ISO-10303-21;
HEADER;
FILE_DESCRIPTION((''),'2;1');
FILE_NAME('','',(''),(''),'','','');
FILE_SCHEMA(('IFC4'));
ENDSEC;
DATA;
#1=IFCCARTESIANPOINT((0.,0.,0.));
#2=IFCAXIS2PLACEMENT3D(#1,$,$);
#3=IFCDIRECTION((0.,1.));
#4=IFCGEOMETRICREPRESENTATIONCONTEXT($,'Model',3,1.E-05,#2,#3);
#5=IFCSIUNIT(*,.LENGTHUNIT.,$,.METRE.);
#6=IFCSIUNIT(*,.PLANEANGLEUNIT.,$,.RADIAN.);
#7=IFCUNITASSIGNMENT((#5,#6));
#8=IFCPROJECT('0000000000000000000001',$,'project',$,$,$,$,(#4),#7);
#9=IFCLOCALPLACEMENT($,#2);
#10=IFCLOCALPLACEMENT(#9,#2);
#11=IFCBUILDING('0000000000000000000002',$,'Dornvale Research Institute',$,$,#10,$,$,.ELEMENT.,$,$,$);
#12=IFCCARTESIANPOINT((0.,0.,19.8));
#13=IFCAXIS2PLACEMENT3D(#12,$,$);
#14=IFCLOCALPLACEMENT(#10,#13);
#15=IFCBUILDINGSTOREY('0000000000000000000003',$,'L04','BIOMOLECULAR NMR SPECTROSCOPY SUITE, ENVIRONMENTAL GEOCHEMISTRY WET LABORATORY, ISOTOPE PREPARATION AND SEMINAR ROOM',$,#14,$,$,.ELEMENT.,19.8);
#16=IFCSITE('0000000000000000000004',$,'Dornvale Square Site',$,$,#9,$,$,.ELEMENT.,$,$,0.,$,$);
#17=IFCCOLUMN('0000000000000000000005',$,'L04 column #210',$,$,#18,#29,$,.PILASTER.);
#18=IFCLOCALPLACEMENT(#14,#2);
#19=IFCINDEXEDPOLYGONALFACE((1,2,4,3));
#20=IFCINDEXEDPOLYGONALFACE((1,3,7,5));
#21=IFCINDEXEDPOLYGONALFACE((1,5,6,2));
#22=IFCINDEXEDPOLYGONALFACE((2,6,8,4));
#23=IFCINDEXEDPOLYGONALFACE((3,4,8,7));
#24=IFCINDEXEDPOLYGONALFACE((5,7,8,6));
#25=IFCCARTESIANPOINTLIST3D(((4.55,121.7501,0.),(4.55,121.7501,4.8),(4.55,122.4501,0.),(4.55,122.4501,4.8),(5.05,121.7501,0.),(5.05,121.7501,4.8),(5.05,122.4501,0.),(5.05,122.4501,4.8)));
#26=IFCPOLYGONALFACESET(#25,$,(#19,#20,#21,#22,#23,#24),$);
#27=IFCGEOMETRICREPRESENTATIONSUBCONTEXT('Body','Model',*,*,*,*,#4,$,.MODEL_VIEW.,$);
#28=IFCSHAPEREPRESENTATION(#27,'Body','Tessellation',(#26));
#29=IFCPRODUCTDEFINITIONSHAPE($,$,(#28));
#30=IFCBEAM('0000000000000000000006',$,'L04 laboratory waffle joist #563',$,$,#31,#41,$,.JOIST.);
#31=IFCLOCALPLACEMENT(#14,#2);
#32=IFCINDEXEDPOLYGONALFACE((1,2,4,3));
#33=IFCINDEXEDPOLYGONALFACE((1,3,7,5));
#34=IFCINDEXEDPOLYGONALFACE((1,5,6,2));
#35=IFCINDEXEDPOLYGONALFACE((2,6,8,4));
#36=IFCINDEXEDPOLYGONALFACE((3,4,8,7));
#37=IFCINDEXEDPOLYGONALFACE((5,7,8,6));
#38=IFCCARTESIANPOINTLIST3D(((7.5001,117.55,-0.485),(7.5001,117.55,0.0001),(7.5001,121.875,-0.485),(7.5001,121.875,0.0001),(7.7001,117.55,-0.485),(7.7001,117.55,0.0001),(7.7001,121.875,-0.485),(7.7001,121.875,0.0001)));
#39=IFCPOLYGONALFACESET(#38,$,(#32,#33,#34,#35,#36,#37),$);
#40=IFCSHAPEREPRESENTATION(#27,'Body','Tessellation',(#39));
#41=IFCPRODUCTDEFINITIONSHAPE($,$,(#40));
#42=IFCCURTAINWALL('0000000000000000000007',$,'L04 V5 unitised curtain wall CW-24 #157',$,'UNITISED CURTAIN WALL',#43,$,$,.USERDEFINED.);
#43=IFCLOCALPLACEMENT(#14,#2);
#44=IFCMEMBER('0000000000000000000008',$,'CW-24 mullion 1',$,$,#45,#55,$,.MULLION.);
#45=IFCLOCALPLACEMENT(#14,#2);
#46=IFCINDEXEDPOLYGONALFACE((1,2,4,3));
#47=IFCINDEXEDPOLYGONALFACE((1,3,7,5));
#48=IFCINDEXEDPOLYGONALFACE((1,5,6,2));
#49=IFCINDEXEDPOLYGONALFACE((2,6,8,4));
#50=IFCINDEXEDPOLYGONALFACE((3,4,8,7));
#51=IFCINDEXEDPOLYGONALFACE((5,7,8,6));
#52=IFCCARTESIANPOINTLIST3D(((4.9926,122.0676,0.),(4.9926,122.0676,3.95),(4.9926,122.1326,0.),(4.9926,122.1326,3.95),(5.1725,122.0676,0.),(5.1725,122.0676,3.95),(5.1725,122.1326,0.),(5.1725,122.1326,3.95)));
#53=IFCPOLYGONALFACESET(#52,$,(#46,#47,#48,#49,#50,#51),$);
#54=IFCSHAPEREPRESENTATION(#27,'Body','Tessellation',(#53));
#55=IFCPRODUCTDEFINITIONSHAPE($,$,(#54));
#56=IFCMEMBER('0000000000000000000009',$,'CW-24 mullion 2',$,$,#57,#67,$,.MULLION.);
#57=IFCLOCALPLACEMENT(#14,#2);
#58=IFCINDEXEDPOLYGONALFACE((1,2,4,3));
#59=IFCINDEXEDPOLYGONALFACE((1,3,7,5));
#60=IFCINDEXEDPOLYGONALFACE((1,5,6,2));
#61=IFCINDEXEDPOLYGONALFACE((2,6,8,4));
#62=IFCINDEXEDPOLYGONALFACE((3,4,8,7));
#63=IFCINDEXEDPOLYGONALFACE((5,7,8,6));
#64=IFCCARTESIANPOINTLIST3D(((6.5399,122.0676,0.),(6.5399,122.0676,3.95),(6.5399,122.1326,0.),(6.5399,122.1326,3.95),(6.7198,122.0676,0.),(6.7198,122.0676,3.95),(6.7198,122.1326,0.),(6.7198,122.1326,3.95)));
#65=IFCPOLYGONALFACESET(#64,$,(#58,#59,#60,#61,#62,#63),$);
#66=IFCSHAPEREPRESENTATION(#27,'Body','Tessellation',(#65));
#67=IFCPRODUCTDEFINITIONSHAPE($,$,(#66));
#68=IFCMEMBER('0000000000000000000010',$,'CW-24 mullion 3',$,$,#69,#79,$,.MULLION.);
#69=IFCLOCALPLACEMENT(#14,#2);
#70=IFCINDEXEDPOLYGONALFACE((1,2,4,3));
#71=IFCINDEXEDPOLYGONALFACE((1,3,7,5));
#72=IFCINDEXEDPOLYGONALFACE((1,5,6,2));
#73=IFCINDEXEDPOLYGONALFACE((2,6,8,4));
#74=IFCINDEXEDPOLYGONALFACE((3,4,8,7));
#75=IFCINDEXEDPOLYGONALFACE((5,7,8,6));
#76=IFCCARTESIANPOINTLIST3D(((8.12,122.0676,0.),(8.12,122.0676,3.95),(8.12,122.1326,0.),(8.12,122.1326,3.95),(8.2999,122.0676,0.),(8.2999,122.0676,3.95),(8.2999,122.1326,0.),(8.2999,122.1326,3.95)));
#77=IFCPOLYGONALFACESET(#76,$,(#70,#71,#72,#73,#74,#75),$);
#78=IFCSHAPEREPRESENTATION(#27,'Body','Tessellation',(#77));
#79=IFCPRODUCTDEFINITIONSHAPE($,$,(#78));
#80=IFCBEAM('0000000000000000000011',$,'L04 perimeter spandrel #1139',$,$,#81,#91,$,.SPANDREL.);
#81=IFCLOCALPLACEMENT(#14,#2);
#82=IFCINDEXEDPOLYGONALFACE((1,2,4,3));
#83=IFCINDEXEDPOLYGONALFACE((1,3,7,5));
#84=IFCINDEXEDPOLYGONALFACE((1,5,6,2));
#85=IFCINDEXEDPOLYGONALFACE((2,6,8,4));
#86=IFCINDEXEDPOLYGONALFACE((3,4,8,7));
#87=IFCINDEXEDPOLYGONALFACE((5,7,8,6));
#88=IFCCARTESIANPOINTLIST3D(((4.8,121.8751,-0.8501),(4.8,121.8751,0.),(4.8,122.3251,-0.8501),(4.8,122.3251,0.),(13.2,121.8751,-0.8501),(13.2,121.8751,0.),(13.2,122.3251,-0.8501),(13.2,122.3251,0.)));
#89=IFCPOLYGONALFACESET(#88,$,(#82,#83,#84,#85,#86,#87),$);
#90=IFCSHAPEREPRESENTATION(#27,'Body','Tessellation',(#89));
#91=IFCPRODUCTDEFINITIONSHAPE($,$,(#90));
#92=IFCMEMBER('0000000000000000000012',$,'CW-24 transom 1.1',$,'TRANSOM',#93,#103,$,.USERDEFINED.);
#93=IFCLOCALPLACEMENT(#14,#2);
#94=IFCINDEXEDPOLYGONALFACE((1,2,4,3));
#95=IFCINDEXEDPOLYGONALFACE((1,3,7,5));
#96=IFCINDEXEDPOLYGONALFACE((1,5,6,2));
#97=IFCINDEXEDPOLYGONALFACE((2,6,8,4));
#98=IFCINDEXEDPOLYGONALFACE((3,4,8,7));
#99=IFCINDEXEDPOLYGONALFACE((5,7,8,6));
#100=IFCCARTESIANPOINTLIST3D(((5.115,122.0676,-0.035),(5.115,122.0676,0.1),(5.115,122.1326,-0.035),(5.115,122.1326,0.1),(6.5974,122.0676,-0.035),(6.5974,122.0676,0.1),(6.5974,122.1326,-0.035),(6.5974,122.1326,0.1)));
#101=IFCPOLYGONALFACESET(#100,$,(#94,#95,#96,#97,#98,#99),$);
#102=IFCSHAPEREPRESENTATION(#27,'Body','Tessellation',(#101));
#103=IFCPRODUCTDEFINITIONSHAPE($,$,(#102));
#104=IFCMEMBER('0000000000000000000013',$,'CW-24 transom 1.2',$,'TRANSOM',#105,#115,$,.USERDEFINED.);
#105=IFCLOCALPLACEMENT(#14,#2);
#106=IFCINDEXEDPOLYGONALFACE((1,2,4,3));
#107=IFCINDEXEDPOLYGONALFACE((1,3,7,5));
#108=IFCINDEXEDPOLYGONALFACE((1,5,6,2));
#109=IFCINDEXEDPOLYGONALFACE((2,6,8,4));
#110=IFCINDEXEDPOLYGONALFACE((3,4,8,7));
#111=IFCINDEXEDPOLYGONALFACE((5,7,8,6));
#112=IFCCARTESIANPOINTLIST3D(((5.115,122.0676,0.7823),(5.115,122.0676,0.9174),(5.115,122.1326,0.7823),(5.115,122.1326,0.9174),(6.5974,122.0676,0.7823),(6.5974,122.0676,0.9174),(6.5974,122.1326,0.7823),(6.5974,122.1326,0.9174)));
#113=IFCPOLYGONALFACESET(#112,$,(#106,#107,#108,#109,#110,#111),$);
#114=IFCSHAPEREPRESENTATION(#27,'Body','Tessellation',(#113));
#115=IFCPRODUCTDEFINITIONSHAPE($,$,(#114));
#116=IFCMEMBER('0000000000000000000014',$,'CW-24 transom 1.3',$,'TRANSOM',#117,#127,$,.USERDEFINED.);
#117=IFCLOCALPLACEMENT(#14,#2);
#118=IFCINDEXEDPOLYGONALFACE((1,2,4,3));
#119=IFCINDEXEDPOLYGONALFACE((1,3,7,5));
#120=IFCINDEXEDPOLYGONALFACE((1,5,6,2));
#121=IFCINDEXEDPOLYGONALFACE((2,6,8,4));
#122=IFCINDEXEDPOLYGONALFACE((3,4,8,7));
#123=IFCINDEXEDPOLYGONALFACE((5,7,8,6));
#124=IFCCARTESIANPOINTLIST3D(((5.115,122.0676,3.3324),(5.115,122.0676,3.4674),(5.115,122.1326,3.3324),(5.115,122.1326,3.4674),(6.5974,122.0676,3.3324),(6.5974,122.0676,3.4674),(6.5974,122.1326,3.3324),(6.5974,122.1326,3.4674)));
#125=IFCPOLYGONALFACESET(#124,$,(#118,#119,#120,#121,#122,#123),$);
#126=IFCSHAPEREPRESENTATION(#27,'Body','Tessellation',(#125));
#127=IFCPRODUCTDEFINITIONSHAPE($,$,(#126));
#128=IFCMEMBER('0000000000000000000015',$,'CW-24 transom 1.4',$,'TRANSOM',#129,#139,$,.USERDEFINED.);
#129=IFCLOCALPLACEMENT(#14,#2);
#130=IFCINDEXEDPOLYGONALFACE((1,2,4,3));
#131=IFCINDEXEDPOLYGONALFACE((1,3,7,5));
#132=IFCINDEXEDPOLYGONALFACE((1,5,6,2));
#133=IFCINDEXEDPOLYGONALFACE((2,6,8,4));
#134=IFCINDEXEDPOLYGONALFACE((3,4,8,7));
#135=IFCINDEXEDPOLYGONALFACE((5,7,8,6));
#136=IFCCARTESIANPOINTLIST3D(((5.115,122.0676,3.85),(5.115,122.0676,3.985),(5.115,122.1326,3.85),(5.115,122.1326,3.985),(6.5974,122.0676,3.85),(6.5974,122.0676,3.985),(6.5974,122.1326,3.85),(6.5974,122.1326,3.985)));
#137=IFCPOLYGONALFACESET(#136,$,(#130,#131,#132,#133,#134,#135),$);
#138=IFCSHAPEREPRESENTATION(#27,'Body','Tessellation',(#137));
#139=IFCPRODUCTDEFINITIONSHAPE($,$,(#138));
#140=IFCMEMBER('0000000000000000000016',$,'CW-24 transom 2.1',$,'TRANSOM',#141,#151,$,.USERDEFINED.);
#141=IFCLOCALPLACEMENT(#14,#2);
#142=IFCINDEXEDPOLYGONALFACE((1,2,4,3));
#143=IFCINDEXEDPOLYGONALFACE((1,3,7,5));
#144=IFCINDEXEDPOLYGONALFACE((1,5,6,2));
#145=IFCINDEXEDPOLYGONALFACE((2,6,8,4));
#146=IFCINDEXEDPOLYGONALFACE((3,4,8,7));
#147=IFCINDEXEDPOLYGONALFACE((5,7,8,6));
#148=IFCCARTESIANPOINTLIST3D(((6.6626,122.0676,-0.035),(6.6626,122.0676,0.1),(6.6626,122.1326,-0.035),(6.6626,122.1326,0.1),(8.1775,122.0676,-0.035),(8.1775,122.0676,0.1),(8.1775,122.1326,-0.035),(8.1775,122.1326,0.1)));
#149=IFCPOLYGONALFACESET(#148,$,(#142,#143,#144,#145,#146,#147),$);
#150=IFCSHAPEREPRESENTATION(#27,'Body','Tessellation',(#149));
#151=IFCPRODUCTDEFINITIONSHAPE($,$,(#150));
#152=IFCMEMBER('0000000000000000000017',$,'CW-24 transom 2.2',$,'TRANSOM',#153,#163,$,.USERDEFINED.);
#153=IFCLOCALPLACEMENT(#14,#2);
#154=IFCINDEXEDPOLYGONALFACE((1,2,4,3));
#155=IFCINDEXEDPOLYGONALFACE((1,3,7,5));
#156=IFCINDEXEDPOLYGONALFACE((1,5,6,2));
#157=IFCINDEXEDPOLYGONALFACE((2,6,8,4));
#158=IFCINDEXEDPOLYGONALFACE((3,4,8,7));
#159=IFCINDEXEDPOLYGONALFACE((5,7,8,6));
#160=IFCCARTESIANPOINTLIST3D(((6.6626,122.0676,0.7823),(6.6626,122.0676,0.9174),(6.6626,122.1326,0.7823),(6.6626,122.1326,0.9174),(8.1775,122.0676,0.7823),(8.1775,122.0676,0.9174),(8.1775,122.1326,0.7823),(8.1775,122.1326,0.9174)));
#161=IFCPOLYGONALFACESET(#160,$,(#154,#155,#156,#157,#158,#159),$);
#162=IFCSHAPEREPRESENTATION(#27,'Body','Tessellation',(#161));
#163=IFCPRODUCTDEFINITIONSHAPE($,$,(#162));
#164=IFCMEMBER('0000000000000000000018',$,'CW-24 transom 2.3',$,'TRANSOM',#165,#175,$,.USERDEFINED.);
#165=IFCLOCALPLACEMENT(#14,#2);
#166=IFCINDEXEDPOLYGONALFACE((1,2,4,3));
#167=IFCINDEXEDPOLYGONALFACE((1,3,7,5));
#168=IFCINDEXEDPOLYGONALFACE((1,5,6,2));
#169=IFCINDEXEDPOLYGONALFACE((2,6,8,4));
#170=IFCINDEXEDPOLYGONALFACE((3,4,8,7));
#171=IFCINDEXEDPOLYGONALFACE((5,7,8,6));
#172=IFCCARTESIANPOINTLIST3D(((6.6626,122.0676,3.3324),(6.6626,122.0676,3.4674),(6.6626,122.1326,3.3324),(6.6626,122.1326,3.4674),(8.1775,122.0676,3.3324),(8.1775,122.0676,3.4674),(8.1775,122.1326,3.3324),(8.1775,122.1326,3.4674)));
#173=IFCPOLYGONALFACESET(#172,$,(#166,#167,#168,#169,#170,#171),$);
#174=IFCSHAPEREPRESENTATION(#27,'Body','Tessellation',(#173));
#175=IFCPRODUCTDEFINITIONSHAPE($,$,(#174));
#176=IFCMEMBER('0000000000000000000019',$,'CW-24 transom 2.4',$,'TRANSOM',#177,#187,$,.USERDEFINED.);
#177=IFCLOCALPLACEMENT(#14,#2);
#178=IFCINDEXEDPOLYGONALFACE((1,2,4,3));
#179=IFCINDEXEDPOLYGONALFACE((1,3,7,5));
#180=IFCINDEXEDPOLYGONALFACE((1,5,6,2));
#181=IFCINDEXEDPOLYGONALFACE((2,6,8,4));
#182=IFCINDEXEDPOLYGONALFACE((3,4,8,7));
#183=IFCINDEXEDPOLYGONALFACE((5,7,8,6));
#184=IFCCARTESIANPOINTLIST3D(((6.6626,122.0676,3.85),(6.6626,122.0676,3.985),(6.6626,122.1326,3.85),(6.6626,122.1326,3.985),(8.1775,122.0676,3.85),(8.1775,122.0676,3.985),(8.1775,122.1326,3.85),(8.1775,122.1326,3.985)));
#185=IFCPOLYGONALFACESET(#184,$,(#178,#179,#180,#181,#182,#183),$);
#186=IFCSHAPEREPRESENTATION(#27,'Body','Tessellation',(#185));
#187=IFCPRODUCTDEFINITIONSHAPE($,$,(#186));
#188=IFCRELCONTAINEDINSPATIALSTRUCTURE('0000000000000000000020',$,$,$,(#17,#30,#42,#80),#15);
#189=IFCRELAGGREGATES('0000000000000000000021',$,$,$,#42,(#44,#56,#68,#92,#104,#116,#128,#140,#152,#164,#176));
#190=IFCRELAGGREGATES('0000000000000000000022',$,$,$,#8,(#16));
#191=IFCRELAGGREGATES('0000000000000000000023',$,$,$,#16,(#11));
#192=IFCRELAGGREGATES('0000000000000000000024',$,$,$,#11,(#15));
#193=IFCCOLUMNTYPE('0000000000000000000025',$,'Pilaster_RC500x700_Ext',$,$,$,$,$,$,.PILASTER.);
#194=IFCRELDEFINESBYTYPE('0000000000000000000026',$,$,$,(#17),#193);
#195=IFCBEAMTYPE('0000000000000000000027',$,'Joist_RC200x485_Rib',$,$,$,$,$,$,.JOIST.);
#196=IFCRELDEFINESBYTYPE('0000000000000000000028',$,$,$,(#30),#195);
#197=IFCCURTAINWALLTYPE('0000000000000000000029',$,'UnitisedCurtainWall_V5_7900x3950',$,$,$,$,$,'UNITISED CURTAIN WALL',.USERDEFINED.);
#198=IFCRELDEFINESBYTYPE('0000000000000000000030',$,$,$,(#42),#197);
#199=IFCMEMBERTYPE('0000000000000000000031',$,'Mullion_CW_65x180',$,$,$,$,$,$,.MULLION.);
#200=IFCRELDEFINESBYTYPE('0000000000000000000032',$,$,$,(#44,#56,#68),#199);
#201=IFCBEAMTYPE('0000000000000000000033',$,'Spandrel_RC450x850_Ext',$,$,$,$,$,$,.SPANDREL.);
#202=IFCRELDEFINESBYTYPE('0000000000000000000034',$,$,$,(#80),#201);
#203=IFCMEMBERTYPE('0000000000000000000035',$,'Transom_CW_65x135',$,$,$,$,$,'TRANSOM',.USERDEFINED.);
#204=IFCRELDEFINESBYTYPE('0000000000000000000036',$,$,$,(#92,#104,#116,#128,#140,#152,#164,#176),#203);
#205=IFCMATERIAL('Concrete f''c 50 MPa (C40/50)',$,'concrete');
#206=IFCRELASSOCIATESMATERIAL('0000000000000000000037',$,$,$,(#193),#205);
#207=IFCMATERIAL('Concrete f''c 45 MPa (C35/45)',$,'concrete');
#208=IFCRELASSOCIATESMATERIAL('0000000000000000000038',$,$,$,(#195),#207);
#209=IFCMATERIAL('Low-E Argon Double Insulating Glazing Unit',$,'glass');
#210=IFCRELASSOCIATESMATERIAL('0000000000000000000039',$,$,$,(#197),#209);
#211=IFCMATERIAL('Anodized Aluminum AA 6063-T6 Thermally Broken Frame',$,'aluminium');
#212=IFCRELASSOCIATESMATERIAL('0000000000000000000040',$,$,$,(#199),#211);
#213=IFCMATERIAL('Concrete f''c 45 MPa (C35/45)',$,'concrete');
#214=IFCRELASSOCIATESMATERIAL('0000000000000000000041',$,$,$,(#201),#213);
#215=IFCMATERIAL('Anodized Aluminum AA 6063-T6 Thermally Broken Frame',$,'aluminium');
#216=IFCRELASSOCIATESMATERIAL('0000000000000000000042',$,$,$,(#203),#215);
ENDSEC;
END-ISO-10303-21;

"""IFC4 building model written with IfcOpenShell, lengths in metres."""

from ifc_helpers import new_model, si_unit, direction, frame, origin, origin_2d, place, context, subcontext, project, spatial, rectangle, extrude, material, material_profile, profile_set, type_object, element, aggregate, save


model = new_model("IFC4")

# Units and contexts
model_context = context("Model", 3, precision=1e-05, world=origin(), true_north=direction((0.0, 1.0)))
body_context = subcontext(model_context, "Body", "Model", "MODEL_VIEW")
ifc_project = project(units=[si_unit("LENGTHUNIT", "METRE"), si_unit("PLANEANGLEUNIT", "RADIAN")], contexts=[model_context])

# Site, building, storey
site_placement = place(None, origin())
site = spatial("IfcSite", under=ifc_project, at=site_placement, Name="Dornvale Square Site", CompositionType="ELEMENT", RefElevation=0.0)
building_placement = place(site_placement, origin())
building = spatial("IfcBuilding", under=site, at=building_placement, Name="Dornvale Research Institute", CompositionType="ELEMENT")
storey_placement = place(building_placement, frame((0.0, 0.0, 19.8)))
storey = spatial("IfcBuildingStorey", under=building, at=storey_placement, Name="L04", Description="BIOMOLECULAR NMR SPECTROSCOPY SUITE, ENVIRONMENTAL GEOCHEMISTRY WET LABORATORY, ISOTOPE PREPARATION AND SEMINAR ROOM", CompositionType="ELEMENT", Elevation=19.8)

# Column
ifc_material_1 = material(Name="Concrete f'c 50 MPa (C40/50)", Category="concrete")
ifc_material_profile_1 = material_profile(ifc_material_1, rectangle(XDim=0.5, YDim=0.7, at=origin_2d()), Name="RC 500x700")
ifc_profile_set_1 = profile_set([ifc_material_profile_1], Name="Concrete f'c 50 MPa (C40/50)")
column_type = type_object("IfcColumnType", Name="Pilaster_RC500x700_Ext", PredefinedType="PILASTER", material=ifc_profile_set_1)
column_placement = place(storey_placement, frame((4.8, 122.1001, 0.0), z_axis=(0.0, 0.0, 1.0), x_axis=(1.0, 0.0, 0.0)))
element("IfcColumn", 1, at=column_placement, inside=storey, type_object=column_type, Name="L04 column #210", PredefinedType="PILASTER", context=body_context, shape_type="SweptSolid", body=[
    extrude(rectangle(XDim=0.5, YDim=0.7, at=origin_2d()), origin(), (0.0, 0.0, 1.0), 4.8),
])

# Beam
ifc_material_2 = material(Name="Concrete f'c 45 MPa (C35/45)", Category="concrete")
ifc_material_profile_2 = material_profile(ifc_material_2, rectangle(XDim=0.2, YDim=0.4851, at=origin_2d()), Name="RC 200x485")
ifc_profile_set_2 = profile_set([ifc_material_profile_2], Name="Concrete f'c 45 MPa (C35/45)")
beam_type_1 = type_object("IfcBeamType", Name="Joist_RC200x485_Rib", PredefinedType="JOIST", material=ifc_profile_set_2)
beam_1_placement = place(storey_placement, frame((7.6001, 117.55, -0.2424), z_axis=(0.0, 1.0, 0.0), x_axis=(-1.0, 0.0, 0.0)))
element("IfcBeam", 2, at=beam_1_placement, inside=storey, type_object=beam_type_1, Name="L04 laboratory waffle joist #563", PredefinedType="JOIST", context=body_context, shape_type="SweptSolid", body=[
    extrude(rectangle(XDim=0.2, YDim=0.4851, at=origin_2d()), origin(), (0.0, 0.0, 1.0), 4.325),
])

# Curtain wall, members
ifc_material_3 = material(Name="Low-E Argon Double Insulating Glazing Unit", Category="glass")
curtain_wall_type = type_object("IfcCurtainWallType", Name="UnitisedCurtainWall_V5_7900x3950", ElementType="UNITISED CURTAIN WALL", PredefinedType="USERDEFINED", material=ifc_material_3)
curtain_wall_placement = place(storey_placement, origin())
curtain_wall = element("IfcCurtainWall", 3, at=curtain_wall_placement, inside=storey, type_object=curtain_wall_type, Name="L04 V5 unitised curtain wall CW-24 #157", ObjectType="UNITISED CURTAIN WALL", PredefinedType="USERDEFINED")
ifc_material_4 = material(Name="Anodized Aluminum AA 6063-T6 Thermally Broken Frame", Category="aluminium")
ifc_material_profile_3 = material_profile(ifc_material_4, rectangle(XDim=0.0649, YDim=0.1799, at=origin_2d()), Name="ALU MULLION 65x180")
ifc_profile_set_3 = profile_set([ifc_material_profile_3], Name="Anodized Aluminum AA 6063-T6 Thermally Broken Frame")
member_type_1 = type_object("IfcMemberType", Name="Mullion_CW_65x180", PredefinedType="MULLION", material=ifc_profile_set_3)
member_1_placement = place(storey_placement, frame((5.0825, 122.1001, 0.0), z_axis=(0.0, 0.0, 1.0), x_axis=(0.0, 1.0, 0.0)))
member_1 = element("IfcMember", 4, at=member_1_placement, type_object=member_type_1, Name="CW-24 mullion 1", PredefinedType="MULLION", context=body_context, shape_type="SweptSolid", body=[
    extrude(rectangle(XDim=0.0649, YDim=0.1799, at=origin_2d()), origin(), (0.0, 0.0, 1.0), 3.95),
])
member_2_placement = place(storey_placement, frame((6.6299, 122.1001, 0.0), z_axis=(0.0, 0.0, 1.0), x_axis=(0.0, 1.0, 0.0)))
member_2 = element("IfcMember", 5, at=member_2_placement, type_object=member_type_1, Name="CW-24 mullion 2", PredefinedType="MULLION", context=body_context, shape_type="SweptSolid", body=[
    extrude(rectangle(XDim=0.0649, YDim=0.1799, at=origin_2d()), origin(), (0.0, 0.0, 1.0), 3.95),
])
member_3_placement = place(storey_placement, frame((8.21, 122.1001, 0.0), z_axis=(0.0, 0.0, 1.0), x_axis=(0.0, 1.0, 0.0)))
member_3 = element("IfcMember", 6, at=member_3_placement, type_object=member_type_1, Name="CW-24 mullion 3", PredefinedType="MULLION", context=body_context, shape_type="SweptSolid", body=[
    extrude(rectangle(XDim=0.0649, YDim=0.1799, at=origin_2d()), origin(), (0.0, 0.0, 1.0), 3.95),
])

# Beam
ifc_material_5 = material(Name="Concrete f'c 45 MPa (C35/45)", Category="concrete")
ifc_material_profile_4 = material_profile(ifc_material_5, rectangle(XDim=0.45, YDim=0.8501, at=origin_2d()), Name="RC 450x850")
ifc_profile_set_4 = profile_set([ifc_material_profile_4], Name="Concrete f'c 45 MPa (C35/45)")
beam_type_2 = type_object("IfcBeamType", Name="Spandrel_RC450x850_Ext", PredefinedType="SPANDREL", material=ifc_profile_set_4)
beam_2_placement = place(storey_placement, frame((4.8, 122.1001, -0.425), z_axis=(1.0, 0.0, 0.0), x_axis=(0.0, 1.0, 0.0)))
element("IfcBeam", 7, at=beam_2_placement, inside=storey, type_object=beam_type_2, Name="L04 perimeter spandrel #1139", PredefinedType="SPANDREL", context=body_context, shape_type="SweptSolid", body=[
    extrude(rectangle(XDim=0.45, YDim=0.8501, at=origin_2d()), origin(), (0.0, 0.0, 1.0), 8.3999),
])

# Members
ifc_material_6 = material(Name="Anodized Aluminum AA 6063-T6 Thermally Broken Frame", Category="aluminium")
ifc_material_profile_5 = material_profile(ifc_material_6, rectangle(XDim=0.0649, YDim=0.135, at=origin_2d()), Name="ALU TRANSOM 65x135")
ifc_profile_set_5 = profile_set([ifc_material_profile_5], Name="Anodized Aluminum AA 6063-T6 Thermally Broken Frame")
member_type_2 = type_object("IfcMemberType", Name="Transom_CW_65x135", ElementType="TRANSOM", PredefinedType="USERDEFINED", material=ifc_profile_set_5)
member_4_placement = place(storey_placement, frame((5.115, 122.1001, 0.0325), z_axis=(1.0, 0.0, 0.0), x_axis=(0.0, 1.0, 0.0)))
member_4 = element("IfcMember", 8, at=member_4_placement, type_object=member_type_2, Name="CW-24 transom 1.1", ObjectType="TRANSOM", PredefinedType="USERDEFINED", context=body_context, shape_type="SweptSolid", body=[
    extrude(rectangle(XDim=0.0649, YDim=0.135, at=origin_2d()), origin(), (0.0, 0.0, 1.0), 1.4824),
])
member_5_placement = place(storey_placement, frame((5.115, 122.1001, 0.8499), z_axis=(1.0, 0.0, 0.0), x_axis=(0.0, 1.0, 0.0)))
member_5 = element("IfcMember", 9, at=member_5_placement, type_object=member_type_2, Name="CW-24 transom 1.2", ObjectType="TRANSOM", PredefinedType="USERDEFINED", context=body_context, shape_type="SweptSolid", body=[
    extrude(rectangle(XDim=0.0649, YDim=0.135, at=origin_2d()), origin(), (0.0, 0.0, 1.0), 1.4824),
])
member_6_placement = place(storey_placement, frame((5.115, 122.1001, 3.3999), z_axis=(1.0, 0.0, 0.0), x_axis=(0.0, 1.0, 0.0)))
member_6 = element("IfcMember", 10, at=member_6_placement, type_object=member_type_2, Name="CW-24 transom 1.3", ObjectType="TRANSOM", PredefinedType="USERDEFINED", context=body_context, shape_type="SweptSolid", body=[
    extrude(rectangle(XDim=0.0649, YDim=0.135, at=origin_2d()), origin(), (0.0, 0.0, 1.0), 1.4824),
])
member_7_placement = place(storey_placement, frame((5.115, 122.1001, 3.9175), z_axis=(1.0, 0.0, 0.0), x_axis=(0.0, 1.0, 0.0)))
member_7 = element("IfcMember", 11, at=member_7_placement, type_object=member_type_2, Name="CW-24 transom 1.4", ObjectType="TRANSOM", PredefinedType="USERDEFINED", context=body_context, shape_type="SweptSolid", body=[
    extrude(rectangle(XDim=0.0649, YDim=0.135, at=origin_2d()), origin(), (0.0, 0.0, 1.0), 1.4824),
])
member_8_placement = place(storey_placement, frame((6.6626, 122.1001, 0.0325), z_axis=(1.0, 0.0, 0.0), x_axis=(0.0, 1.0, 0.0)))
member_8 = element("IfcMember", 12, at=member_8_placement, type_object=member_type_2, Name="CW-24 transom 2.1", ObjectType="TRANSOM", PredefinedType="USERDEFINED", context=body_context, shape_type="SweptSolid", body=[
    extrude(rectangle(XDim=0.0649, YDim=0.135, at=origin_2d()), origin(), (0.0, 0.0, 1.0), 1.5149),
])
member_9_placement = place(storey_placement, frame((6.6626, 122.1001, 0.8499), z_axis=(1.0, 0.0, 0.0), x_axis=(0.0, 1.0, 0.0)))
member_9 = element("IfcMember", 13, at=member_9_placement, type_object=member_type_2, Name="CW-24 transom 2.2", ObjectType="TRANSOM", PredefinedType="USERDEFINED", context=body_context, shape_type="SweptSolid", body=[
    extrude(rectangle(XDim=0.0649, YDim=0.135, at=origin_2d()), origin(), (0.0, 0.0, 1.0), 1.5149),
])
member_10_placement = place(storey_placement, frame((6.6626, 122.1001, 3.3999), z_axis=(1.0, 0.0, 0.0), x_axis=(0.0, 1.0, 0.0)))
member_10 = element("IfcMember", 14, at=member_10_placement, type_object=member_type_2, Name="CW-24 transom 2.3", ObjectType="TRANSOM", PredefinedType="USERDEFINED", context=body_context, shape_type="SweptSolid", body=[
    extrude(rectangle(XDim=0.0649, YDim=0.135, at=origin_2d()), origin(), (0.0, 0.0, 1.0), 1.5149),
])
member_11_placement = place(storey_placement, frame((6.6626, 122.1001, 3.9175), z_axis=(1.0, 0.0, 0.0), x_axis=(0.0, 1.0, 0.0)))
member_11 = element("IfcMember", 15, at=member_11_placement, type_object=member_type_2, Name="CW-24 transom 2.4", ObjectType="TRANSOM", PredefinedType="USERDEFINED", context=body_context, shape_type="SweptSolid", body=[
    extrude(rectangle(XDim=0.0649, YDim=0.135, at=origin_2d()), origin(), (0.0, 0.0, 1.0), 1.5149),
])

aggregate(curtain_wall, [member_1, member_2, member_3, member_4, member_5, member_6, member_7, member_8, member_9, member_10, member_11])

save(model, "model.ifc")
